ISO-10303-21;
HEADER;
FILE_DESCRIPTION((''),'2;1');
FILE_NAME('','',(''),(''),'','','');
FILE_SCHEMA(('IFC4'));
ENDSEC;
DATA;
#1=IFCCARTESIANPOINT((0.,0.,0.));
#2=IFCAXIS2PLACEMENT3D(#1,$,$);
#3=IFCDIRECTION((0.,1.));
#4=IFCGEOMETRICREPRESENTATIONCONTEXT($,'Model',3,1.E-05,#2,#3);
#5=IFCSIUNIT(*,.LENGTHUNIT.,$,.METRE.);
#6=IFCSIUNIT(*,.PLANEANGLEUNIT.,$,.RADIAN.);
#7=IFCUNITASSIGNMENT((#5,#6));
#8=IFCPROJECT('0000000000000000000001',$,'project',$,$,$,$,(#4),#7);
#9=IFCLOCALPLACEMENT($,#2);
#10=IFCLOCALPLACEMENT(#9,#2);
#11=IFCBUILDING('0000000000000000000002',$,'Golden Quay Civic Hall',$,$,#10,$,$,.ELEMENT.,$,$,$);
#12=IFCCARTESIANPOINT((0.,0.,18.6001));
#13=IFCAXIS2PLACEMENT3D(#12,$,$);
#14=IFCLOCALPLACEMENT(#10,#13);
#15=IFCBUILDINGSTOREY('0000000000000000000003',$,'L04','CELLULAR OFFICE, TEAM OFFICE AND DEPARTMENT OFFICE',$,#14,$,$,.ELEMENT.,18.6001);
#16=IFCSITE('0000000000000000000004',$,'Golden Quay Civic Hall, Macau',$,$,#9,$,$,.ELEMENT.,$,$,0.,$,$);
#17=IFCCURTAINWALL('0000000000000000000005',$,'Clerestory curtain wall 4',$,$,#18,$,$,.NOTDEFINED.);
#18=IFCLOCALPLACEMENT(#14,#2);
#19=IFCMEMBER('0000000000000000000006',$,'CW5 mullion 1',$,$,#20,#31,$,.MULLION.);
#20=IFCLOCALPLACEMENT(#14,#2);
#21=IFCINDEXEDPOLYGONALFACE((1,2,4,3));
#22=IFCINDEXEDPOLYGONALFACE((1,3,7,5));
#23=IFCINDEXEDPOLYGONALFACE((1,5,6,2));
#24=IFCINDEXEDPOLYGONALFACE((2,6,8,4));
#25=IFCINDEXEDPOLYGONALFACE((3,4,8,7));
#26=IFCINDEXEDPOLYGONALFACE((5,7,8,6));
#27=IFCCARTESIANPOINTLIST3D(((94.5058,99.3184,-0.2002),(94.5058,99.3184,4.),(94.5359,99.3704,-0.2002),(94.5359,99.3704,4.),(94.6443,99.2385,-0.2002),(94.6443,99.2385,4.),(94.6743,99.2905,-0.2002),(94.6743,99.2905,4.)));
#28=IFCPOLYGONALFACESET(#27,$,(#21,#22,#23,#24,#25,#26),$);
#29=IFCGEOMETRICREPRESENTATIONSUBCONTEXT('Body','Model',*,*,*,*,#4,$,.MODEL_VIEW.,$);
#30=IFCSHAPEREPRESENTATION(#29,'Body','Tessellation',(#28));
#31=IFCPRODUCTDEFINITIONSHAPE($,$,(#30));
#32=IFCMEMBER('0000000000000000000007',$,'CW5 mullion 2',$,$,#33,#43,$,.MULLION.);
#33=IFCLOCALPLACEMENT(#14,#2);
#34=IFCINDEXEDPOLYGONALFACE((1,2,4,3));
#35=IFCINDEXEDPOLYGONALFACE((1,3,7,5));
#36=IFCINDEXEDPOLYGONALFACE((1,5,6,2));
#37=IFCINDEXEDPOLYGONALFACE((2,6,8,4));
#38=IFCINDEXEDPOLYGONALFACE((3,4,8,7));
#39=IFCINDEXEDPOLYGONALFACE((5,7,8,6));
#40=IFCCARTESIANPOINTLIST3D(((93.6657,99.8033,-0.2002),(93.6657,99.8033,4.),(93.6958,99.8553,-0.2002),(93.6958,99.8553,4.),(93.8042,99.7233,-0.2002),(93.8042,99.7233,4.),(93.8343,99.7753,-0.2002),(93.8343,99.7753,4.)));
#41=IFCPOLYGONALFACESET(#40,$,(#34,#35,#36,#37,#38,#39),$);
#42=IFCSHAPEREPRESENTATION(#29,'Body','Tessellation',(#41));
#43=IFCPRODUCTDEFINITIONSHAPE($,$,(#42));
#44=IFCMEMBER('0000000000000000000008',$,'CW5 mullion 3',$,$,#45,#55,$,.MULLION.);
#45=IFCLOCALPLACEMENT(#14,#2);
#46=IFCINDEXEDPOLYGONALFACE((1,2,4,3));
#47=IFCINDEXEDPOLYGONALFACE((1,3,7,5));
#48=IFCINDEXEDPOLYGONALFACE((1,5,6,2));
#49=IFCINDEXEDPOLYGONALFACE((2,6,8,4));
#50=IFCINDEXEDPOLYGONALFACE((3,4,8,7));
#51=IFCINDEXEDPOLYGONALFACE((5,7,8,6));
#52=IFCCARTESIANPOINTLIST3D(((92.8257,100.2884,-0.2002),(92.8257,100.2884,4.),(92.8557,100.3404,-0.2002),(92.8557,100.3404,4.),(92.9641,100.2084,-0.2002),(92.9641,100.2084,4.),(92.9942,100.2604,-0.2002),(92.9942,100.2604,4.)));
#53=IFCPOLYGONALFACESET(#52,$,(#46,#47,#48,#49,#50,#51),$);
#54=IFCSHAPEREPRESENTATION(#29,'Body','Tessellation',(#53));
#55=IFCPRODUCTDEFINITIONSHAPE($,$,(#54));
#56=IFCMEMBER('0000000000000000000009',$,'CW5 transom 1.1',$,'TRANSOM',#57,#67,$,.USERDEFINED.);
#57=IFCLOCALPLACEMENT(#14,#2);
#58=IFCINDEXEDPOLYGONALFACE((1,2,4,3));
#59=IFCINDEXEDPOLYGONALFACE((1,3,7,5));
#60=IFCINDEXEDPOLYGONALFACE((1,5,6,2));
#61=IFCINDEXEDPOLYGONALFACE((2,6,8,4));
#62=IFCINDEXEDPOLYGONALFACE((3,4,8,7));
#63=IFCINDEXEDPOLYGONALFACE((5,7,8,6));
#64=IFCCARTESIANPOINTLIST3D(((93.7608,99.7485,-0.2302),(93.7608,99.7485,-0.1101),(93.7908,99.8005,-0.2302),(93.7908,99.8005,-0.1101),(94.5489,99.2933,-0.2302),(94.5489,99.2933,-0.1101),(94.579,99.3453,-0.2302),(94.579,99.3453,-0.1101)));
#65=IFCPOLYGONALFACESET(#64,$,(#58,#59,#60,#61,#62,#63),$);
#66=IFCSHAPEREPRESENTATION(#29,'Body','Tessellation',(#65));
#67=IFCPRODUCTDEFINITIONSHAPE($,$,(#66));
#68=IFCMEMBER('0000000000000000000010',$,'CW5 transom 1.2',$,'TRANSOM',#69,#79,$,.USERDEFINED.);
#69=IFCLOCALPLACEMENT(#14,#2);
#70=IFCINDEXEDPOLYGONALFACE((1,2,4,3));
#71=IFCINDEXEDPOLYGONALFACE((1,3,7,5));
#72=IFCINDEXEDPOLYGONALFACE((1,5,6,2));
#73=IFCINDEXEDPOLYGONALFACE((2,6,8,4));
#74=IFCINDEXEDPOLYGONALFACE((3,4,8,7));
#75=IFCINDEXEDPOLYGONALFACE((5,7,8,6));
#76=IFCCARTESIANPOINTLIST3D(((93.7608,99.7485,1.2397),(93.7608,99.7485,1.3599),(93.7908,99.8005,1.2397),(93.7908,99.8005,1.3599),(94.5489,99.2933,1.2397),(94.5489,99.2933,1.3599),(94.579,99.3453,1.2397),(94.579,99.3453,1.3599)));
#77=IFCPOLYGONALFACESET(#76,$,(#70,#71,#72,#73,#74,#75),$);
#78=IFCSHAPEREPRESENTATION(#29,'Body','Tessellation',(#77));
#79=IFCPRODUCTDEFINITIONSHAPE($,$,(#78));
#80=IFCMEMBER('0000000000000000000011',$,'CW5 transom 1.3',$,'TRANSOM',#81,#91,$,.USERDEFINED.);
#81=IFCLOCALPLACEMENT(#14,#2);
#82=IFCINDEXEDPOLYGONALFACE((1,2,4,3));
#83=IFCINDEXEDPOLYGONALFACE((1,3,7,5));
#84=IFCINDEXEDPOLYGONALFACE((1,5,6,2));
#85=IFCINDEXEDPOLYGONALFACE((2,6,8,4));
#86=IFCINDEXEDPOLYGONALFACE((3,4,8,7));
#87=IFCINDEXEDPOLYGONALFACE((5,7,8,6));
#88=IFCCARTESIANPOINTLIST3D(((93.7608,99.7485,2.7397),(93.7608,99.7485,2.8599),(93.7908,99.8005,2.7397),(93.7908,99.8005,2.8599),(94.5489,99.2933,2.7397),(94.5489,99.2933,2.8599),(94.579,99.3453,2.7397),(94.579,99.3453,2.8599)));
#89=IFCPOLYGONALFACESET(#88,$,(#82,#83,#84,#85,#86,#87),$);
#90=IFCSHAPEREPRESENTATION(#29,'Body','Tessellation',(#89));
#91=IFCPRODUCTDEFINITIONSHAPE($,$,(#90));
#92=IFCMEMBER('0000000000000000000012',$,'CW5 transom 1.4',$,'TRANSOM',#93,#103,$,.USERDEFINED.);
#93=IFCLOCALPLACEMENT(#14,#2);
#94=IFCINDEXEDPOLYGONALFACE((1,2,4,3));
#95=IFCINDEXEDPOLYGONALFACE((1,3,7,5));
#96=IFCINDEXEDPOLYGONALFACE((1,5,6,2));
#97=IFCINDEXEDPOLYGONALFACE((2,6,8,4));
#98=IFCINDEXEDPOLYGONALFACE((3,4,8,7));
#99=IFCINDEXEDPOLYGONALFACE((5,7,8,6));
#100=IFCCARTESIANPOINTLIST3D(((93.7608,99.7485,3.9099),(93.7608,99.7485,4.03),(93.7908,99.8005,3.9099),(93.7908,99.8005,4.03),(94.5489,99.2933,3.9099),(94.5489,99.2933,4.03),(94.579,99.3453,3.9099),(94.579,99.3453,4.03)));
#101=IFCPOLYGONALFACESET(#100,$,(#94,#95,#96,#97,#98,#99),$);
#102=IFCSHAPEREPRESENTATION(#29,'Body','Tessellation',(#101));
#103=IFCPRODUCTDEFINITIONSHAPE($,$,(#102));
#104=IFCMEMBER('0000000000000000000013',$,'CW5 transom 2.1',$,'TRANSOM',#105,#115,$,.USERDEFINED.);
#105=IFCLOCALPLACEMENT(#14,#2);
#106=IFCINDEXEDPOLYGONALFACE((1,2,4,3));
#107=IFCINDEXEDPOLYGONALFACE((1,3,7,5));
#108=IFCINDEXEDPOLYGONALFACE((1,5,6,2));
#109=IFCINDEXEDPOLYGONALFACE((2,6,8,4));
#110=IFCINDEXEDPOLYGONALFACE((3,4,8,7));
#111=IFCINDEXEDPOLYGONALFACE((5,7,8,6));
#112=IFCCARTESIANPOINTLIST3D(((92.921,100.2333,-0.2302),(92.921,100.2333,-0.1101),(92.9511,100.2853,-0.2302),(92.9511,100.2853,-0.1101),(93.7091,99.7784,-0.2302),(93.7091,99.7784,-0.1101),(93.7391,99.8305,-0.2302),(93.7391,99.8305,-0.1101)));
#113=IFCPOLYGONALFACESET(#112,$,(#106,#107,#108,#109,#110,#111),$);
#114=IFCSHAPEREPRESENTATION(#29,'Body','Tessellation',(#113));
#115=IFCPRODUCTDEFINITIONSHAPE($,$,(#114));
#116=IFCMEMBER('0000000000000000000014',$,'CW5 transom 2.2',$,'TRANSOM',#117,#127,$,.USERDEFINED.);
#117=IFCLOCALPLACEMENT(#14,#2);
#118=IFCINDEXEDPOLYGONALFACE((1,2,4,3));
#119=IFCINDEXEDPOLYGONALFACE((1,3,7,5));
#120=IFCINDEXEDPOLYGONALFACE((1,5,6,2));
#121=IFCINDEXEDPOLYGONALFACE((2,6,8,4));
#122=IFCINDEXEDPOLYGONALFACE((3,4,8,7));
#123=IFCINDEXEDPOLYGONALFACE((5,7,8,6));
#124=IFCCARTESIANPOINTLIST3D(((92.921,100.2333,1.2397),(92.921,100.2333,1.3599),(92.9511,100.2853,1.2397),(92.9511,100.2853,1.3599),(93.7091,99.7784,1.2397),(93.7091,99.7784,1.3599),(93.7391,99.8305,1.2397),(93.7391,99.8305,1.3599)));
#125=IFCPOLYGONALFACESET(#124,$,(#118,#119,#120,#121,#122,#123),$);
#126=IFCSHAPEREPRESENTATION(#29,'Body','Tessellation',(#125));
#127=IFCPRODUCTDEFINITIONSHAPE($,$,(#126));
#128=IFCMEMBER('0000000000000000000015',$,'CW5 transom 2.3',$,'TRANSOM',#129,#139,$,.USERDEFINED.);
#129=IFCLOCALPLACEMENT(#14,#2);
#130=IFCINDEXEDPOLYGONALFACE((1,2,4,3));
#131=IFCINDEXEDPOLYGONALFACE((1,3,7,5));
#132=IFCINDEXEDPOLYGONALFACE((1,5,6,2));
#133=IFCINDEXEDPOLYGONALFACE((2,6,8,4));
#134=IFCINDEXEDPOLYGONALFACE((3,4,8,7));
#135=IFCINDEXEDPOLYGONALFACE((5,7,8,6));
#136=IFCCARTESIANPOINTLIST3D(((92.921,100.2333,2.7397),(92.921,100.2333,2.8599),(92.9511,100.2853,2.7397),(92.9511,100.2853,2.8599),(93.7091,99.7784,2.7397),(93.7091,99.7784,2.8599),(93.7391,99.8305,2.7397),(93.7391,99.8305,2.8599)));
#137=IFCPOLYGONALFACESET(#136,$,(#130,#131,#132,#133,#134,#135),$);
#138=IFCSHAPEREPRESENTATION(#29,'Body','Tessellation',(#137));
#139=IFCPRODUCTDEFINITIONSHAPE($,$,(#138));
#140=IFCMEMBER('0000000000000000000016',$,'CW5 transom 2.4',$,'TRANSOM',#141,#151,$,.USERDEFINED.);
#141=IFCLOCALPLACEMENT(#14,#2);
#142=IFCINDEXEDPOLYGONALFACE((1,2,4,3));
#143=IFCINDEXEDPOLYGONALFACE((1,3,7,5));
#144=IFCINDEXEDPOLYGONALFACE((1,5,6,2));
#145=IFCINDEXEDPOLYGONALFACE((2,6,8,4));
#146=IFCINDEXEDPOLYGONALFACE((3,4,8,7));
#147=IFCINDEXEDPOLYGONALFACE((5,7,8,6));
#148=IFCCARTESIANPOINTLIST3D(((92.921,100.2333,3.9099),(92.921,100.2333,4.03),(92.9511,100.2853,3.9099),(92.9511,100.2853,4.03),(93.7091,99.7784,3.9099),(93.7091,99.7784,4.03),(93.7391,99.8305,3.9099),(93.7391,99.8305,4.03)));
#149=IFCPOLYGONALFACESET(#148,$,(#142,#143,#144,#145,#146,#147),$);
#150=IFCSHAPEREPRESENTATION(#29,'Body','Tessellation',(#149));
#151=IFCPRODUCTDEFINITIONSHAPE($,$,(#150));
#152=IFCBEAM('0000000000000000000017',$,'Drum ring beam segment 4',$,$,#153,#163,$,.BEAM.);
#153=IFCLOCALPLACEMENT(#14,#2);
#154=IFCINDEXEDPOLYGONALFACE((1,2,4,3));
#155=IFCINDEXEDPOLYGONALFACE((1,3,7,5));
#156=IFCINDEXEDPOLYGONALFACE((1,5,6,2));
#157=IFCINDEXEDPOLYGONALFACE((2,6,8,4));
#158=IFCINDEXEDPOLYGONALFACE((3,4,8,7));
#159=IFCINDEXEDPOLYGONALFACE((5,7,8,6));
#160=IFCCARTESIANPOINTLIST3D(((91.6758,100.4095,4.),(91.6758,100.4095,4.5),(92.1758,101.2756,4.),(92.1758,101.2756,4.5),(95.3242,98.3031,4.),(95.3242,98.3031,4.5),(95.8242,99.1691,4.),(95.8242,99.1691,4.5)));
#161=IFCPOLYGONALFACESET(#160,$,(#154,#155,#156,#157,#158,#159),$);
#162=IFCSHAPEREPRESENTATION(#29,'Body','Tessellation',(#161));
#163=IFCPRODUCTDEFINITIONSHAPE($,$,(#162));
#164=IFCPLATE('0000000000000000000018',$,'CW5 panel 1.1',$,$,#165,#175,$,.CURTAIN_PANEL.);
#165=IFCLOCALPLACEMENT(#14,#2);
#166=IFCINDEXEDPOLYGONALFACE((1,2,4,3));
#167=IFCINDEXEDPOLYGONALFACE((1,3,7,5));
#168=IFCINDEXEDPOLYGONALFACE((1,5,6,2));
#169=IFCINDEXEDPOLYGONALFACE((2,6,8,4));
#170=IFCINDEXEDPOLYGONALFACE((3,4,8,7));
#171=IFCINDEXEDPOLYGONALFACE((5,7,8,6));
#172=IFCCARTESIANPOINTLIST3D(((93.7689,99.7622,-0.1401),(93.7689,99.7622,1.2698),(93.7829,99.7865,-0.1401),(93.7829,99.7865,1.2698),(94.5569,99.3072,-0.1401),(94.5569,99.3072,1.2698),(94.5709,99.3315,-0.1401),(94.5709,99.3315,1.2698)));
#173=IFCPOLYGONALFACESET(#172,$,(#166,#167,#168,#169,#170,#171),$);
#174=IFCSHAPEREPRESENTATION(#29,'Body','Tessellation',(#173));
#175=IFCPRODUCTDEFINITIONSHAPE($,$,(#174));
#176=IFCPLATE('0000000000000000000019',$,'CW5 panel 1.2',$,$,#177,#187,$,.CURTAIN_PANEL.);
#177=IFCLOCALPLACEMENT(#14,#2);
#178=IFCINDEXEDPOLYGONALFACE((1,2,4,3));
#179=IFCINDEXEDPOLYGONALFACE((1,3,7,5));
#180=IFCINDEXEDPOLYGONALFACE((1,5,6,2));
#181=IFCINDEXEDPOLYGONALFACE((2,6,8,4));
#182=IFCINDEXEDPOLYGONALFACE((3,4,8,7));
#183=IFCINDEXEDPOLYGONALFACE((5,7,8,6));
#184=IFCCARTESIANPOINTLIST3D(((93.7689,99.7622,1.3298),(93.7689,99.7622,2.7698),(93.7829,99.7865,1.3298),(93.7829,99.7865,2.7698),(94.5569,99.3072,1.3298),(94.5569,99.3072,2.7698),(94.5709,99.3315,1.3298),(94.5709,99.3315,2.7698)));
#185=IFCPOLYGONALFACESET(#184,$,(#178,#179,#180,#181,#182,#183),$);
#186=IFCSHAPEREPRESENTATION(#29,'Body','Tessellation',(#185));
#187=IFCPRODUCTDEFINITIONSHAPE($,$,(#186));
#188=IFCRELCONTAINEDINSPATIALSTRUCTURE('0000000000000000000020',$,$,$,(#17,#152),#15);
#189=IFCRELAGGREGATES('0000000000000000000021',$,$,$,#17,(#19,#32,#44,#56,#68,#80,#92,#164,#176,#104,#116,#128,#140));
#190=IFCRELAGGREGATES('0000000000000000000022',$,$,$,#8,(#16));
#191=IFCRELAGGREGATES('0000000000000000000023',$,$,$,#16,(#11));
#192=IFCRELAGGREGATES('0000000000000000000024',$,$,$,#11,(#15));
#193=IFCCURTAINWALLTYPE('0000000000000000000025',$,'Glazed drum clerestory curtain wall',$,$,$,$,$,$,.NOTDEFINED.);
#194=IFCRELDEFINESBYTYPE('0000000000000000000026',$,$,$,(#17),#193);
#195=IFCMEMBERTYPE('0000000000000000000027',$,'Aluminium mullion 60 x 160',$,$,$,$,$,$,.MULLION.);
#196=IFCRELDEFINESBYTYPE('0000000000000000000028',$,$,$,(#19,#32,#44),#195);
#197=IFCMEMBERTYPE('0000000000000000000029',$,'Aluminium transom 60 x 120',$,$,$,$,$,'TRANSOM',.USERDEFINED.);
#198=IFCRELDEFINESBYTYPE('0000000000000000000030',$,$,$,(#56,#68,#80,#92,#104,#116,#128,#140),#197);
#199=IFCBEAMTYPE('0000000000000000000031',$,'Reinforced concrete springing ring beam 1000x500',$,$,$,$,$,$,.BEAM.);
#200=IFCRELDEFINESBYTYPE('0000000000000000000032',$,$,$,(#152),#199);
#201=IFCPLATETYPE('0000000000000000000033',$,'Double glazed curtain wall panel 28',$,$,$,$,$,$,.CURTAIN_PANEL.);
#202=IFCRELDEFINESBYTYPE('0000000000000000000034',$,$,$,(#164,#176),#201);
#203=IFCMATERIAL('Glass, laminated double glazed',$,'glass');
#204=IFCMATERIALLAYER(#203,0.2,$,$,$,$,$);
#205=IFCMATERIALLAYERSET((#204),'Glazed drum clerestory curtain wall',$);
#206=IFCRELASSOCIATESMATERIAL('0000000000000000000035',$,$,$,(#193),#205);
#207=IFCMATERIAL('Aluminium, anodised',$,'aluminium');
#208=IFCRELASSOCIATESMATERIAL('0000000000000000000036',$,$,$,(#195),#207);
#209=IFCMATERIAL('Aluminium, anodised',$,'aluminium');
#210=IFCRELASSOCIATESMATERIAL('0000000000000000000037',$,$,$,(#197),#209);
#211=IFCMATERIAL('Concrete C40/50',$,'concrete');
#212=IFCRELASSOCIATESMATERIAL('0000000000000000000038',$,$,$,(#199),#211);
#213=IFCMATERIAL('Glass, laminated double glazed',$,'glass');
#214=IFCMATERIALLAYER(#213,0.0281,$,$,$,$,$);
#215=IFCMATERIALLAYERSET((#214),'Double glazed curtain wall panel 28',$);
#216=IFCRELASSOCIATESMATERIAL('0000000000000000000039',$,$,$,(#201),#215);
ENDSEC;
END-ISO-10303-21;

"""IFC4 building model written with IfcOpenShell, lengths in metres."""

from ifc_helpers import new_model, si_unit, direction, frame, origin, origin_2d, place, context, subcontext, project, spatial, rectangle, extrude, material, layer, layer_set, material_profile, profile_set, type_object, element, aggregate, save


model = new_model("IFC4")

# Units and contexts
model_context = context("Model", 3, precision=1e-05, world=origin(), true_north=direction((0.0, 1.0)))
body_context = subcontext(model_context, "Body", "Model", "MODEL_VIEW")
ifc_project = project(units=[si_unit("LENGTHUNIT", "METRE"), si_unit("PLANEANGLEUNIT", "RADIAN")], contexts=[model_context])

# Site, building, storey
site_placement = place(None, origin())
site = spatial("IfcSite", under=ifc_project, at=site_placement, Name="Golden Quay Civic Hall, Macau", CompositionType="ELEMENT", RefElevation=0.0)
building_placement = place(site_placement, origin())
building = spatial("IfcBuilding", under=site, at=building_placement, Name="Golden Quay Civic Hall", CompositionType="ELEMENT")
storey_placement = place(building_placement, frame((0.0, 0.0, 18.6001)))
storey = spatial("IfcBuildingStorey", under=building, at=storey_placement, Name="L04", Description="CELLULAR OFFICE, TEAM OFFICE AND DEPARTMENT OFFICE", CompositionType="ELEMENT", Elevation=18.6001)

# Curtain wall, members
ifc_material_1 = material(Name="Glass, laminated double glazed", Category="glass")
ifc_layer_1 = layer(ifc_material_1, 0.2)
ifc_layer_set_1 = layer_set([ifc_layer_1], Name="Glazed drum clerestory curtain wall")
curtain_wall_type = type_object("IfcCurtainWallType", Name="Glazed drum clerestory curtain wall", PredefinedType="NOTDEFINED", material=ifc_layer_set_1)
curtain_wall_placement = place(storey_placement, origin())
curtain_wall = element("IfcCurtainWall", 1, at=curtain_wall_placement, inside=storey, type_object=curtain_wall_type, Name="Clerestory curtain wall 4", PredefinedType="NOTDEFINED")
ifc_material_2 = material(Name="Aluminium, anodised", Category="aluminium")
ifc_material_profile_1 = material_profile(ifc_material_2, rectangle(XDim=0.0601, YDim=0.1599, at=origin_2d()), Name="Aluminium 60 x 160")
ifc_profile_set_1 = profile_set([ifc_material_profile_1], Name="Aluminium, anodised")
member_type_1 = type_object("IfcMemberType", Name="Aluminium mullion 60 x 160", PredefinedType="MULLION", material=ifc_profile_set_1)
member_1_placement = place(storey_placement, frame((94.5901, 99.3044, -0.2002), z_axis=(0.0, 0.0, 1.0), x_axis=(-0.500011, -0.866019, 0.0)))
member_1 = element("IfcMember", 2, at=member_1_placement, type_object=member_type_1, Name="CW5 mullion 1", PredefinedType="MULLION", context=body_context, shape_type="SweptSolid", body=[
    extrude(rectangle(XDim=0.0601, YDim=0.1599, at=origin_2d()), origin(), (0.0, 0.0, 1.0), 4.2002),
])
member_2_placement = place(storey_placement, frame((93.75, 99.7893, -0.2002), z_axis=(0.0, 0.0, 1.0), x_axis=(-0.500011, -0.866019, 0.0)))
member_2 = element("IfcMember", 3, at=member_2_placement, type_object=member_type_1, Name="CW5 mullion 2", PredefinedType="MULLION", context=body_context, shape_type="SweptSolid", body=[
    extrude(rectangle(XDim=0.0601, YDim=0.1599, at=origin_2d()), origin(), (0.0, 0.0, 1.0), 4.2002),
])
member_3_placement = place(storey_placement, frame((92.9099, 100.2744, -0.2002), z_axis=(0.0, 0.0, 1.0), x_axis=(-0.500011, -0.866019, 0.0)))
member_3 = element("IfcMember", 4, at=member_3_placement, type_object=member_type_1, Name="CW5 mullion 3", PredefinedType="MULLION", context=body_context, shape_type="SweptSolid", body=[
    extrude(rectangle(XDim=0.0601, YDim=0.1599, at=origin_2d()), origin(), (0.0, 0.0, 1.0), 4.2002),
])
ifc_material_3 = material(Name="Aluminium, anodised", Category="aluminium")
ifc_material_profile_2 = material_profile(ifc_material_3, rectangle(XDim=0.0601, YDim=0.1201, at=origin_2d()), Name="Aluminium 60 x 120")
ifc_profile_set_2 = profile_set([ifc_material_profile_2], Name="Aluminium, anodised")
member_type_2 = type_object("IfcMemberType", Name="Aluminium transom 60 x 120", ElementType="TRANSOM", PredefinedType="USERDEFINED", material=ifc_profile_set_2)
member_4_placement = place(storey_placement, frame((94.564, 99.3193, -0.1702), z_axis=(-0.865989, 0.500063, 0.0), x_axis=(-0.500063, -0.865989, 0.0)))
member_4 = element("IfcMember", 5, at=member_4_placement, type_object=member_type_2, Name="CW5 transom 1.1", ObjectType="TRANSOM", PredefinedType="USERDEFINED", context=body_context, shape_type="SweptSolid", body=[
    extrude(rectangle(XDim=0.0601, YDim=0.1201, at=origin_2d()), origin(), (0.0, 0.0, 1.0), 0.9102),
])
member_5_placement = place(storey_placement, frame((94.564, 99.3193, 1.2998), z_axis=(-0.865989, 0.500063, 0.0), x_axis=(-0.500063, -0.865989, 0.0)))
member_5 = element("IfcMember", 6, at=member_5_placement, type_object=member_type_2, Name="CW5 transom 1.2", ObjectType="TRANSOM", PredefinedType="USERDEFINED", context=body_context, shape_type="SweptSolid", body=[
    extrude(rectangle(XDim=0.0601, YDim=0.1201, at=origin_2d()), origin(), (0.0, 0.0, 1.0), 0.9102),
])
member_6_placement = place(storey_placement, frame((94.564, 99.3193, 2.7998), z_axis=(-0.865989, 0.500063, 0.0), x_axis=(-0.500063, -0.865989, 0.0)))
member_6 = element("IfcMember", 7, at=member_6_placement, type_object=member_type_2, Name="CW5 transom 1.3", ObjectType="TRANSOM", PredefinedType="USERDEFINED", context=body_context, shape_type="SweptSolid", body=[
    extrude(rectangle(XDim=0.0601, YDim=0.1201, at=origin_2d()), origin(), (0.0, 0.0, 1.0), 0.9102),
])
member_7_placement = place(storey_placement, frame((94.564, 99.3193, 3.97), z_axis=(-0.865989, 0.500063, 0.0), x_axis=(-0.500063, -0.865989, 0.0)))
member_7 = element("IfcMember", 8, at=member_7_placement, type_object=member_type_2, Name="CW5 transom 1.4", ObjectType="TRANSOM", PredefinedType="USERDEFINED", context=body_context, shape_type="SweptSolid", body=[
    extrude(rectangle(XDim=0.0601, YDim=0.1201, at=origin_2d()), origin(), (0.0, 0.0, 1.0), 0.9102),
])
member_8_placement = place(storey_placement, frame((93.7241, 99.8044, -0.1702), z_axis=(-0.866105, 0.499862, 0.0), x_axis=(-0.499862, -0.866105, 0.0)))
member_8 = element("IfcMember", 9, at=member_8_placement, type_object=member_type_2, Name="CW5 transom 2.1", ObjectType="TRANSOM", PredefinedType="USERDEFINED", context=body_context, shape_type="SweptSolid", body=[
    extrude(rectangle(XDim=0.0601, YDim=0.1201, at=origin_2d()), origin(), (0.0, 0.0, 1.0), 0.9099),
])
member_9_placement = place(storey_placement, frame((93.7241, 99.8044, 1.2998), z_axis=(-0.866105, 0.499862, 0.0), x_axis=(-0.499862, -0.866105, 0.0)))
member_9 = element("IfcMember", 10, at=member_9_placement, type_object=member_type_2, Name="CW5 transom 2.2", ObjectType="TRANSOM", PredefinedType="USERDEFINED", context=body_context, shape_type="SweptSolid", body=[
    extrude(rectangle(XDim=0.0601, YDim=0.1201, at=origin_2d()), origin(), (0.0, 0.0, 1.0), 0.9099),
])
member_10_placement = place(storey_placement, frame((93.7241, 99.8044, 2.7998), z_axis=(-0.866105, 0.499862, 0.0), x_axis=(-0.499862, -0.866105, 0.0)))
member_10 = element("IfcMember", 11, at=member_10_placement, type_object=member_type_2, Name="CW5 transom 2.3", ObjectType="TRANSOM", PredefinedType="USERDEFINED", context=body_context, shape_type="SweptSolid", body=[
    extrude(rectangle(XDim=0.0601, YDim=0.1201, at=origin_2d()), origin(), (0.0, 0.0, 1.0), 0.9099),
])
member_11_placement = place(storey_placement, frame((93.7241, 99.8044, 3.97), z_axis=(-0.866105, 0.499862, 0.0), x_axis=(-0.499862, -0.866105, 0.0)))
member_11 = element("IfcMember", 12, at=member_11_placement, type_object=member_type_2, Name="CW5 transom 2.4", ObjectType="TRANSOM", PredefinedType="USERDEFINED", context=body_context, shape_type="SweptSolid", body=[
    extrude(rectangle(XDim=0.0601, YDim=0.1201, at=origin_2d()), origin(), (0.0, 0.0, 1.0), 0.9099),
])

# Beam
ifc_material_4 = material(Name="Concrete C40/50", Category="concrete")
ifc_material_profile_3 = material_profile(ifc_material_4, rectangle(XDim=1.0, YDim=0.5, at=origin_2d()), Name="RC 1000x500")
ifc_profile_set_3 = profile_set([ifc_material_profile_3], Name="Concrete C40/50")
beam_type = type_object("IfcBeamType", Name="Reinforced concrete springing ring beam 1000x500", PredefinedType="BEAM", material=ifc_profile_set_3)
beam_placement = place(storey_placement, frame((95.5742, 98.7361, 4.25), z_axis=(-0.866023, 0.500003, 0.0), x_axis=(-0.500003, -0.866023, 0.0)))
element("IfcBeam", 13, at=beam_placement, inside=storey, type_object=beam_type, Name="Drum ring beam segment 4", PredefinedType="BEAM", context=body_context, shape_type="SweptSolid", body=[
    extrude(rectangle(XDim=1.0, YDim=0.5, at=origin_2d()), origin(), (0.0, 0.0, 1.0), 4.2129),
])

# Plates
ifc_material_5 = material(Name="Glass, laminated double glazed", Category="glass")
ifc_layer_2 = layer(ifc_material_5, 0.0281)
ifc_layer_set_2 = layer_set([ifc_layer_2], Name="Double glazed curtain wall panel 28")
plate_type = type_object("IfcPlateType", Name="Double glazed curtain wall panel 28", PredefinedType="CURTAIN_PANEL", material=ifc_layer_set_2)
plate_1_placement = place(storey_placement, frame((94.1699, 99.5469, -0.1401), z_axis=(0.0, 0.0, 1.0), x_axis=(-0.866019, 0.500011, 0.0)))
plate_1 = element("IfcPlate", 14, at=plate_1_placement, type_object=plate_type, Name="CW5 panel 1.1", PredefinedType="CURTAIN_PANEL", context=body_context, shape_type="SweptSolid", body=[
    extrude(rectangle(XDim=0.9099, YDim=0.0281, at=origin_2d()), origin(), (0.0, 0.0, 1.0), 1.4099),
])
plate_2_placement = place(storey_placement, frame((94.1699, 99.5469, 1.3298), z_axis=(0.0, 0.0, 1.0), x_axis=(-0.866019, 0.500011, 0.0)))
plate_2 = element("IfcPlate", 15, at=plate_2_placement, type_object=plate_type, Name="CW5 panel 1.2", PredefinedType="CURTAIN_PANEL", context=body_context, shape_type="SweptSolid", body=[
    extrude(rectangle(XDim=0.9099, YDim=0.0281, at=origin_2d()), origin(), (0.0, 0.0, 1.0), 1.4399),
])
aggregate(curtain_wall, [member_1, member_2, member_3, member_4, member_5, member_6, member_7, plate_1, plate_2, member_8, member_9, member_10, member_11])

save(model, "model.ifc")
